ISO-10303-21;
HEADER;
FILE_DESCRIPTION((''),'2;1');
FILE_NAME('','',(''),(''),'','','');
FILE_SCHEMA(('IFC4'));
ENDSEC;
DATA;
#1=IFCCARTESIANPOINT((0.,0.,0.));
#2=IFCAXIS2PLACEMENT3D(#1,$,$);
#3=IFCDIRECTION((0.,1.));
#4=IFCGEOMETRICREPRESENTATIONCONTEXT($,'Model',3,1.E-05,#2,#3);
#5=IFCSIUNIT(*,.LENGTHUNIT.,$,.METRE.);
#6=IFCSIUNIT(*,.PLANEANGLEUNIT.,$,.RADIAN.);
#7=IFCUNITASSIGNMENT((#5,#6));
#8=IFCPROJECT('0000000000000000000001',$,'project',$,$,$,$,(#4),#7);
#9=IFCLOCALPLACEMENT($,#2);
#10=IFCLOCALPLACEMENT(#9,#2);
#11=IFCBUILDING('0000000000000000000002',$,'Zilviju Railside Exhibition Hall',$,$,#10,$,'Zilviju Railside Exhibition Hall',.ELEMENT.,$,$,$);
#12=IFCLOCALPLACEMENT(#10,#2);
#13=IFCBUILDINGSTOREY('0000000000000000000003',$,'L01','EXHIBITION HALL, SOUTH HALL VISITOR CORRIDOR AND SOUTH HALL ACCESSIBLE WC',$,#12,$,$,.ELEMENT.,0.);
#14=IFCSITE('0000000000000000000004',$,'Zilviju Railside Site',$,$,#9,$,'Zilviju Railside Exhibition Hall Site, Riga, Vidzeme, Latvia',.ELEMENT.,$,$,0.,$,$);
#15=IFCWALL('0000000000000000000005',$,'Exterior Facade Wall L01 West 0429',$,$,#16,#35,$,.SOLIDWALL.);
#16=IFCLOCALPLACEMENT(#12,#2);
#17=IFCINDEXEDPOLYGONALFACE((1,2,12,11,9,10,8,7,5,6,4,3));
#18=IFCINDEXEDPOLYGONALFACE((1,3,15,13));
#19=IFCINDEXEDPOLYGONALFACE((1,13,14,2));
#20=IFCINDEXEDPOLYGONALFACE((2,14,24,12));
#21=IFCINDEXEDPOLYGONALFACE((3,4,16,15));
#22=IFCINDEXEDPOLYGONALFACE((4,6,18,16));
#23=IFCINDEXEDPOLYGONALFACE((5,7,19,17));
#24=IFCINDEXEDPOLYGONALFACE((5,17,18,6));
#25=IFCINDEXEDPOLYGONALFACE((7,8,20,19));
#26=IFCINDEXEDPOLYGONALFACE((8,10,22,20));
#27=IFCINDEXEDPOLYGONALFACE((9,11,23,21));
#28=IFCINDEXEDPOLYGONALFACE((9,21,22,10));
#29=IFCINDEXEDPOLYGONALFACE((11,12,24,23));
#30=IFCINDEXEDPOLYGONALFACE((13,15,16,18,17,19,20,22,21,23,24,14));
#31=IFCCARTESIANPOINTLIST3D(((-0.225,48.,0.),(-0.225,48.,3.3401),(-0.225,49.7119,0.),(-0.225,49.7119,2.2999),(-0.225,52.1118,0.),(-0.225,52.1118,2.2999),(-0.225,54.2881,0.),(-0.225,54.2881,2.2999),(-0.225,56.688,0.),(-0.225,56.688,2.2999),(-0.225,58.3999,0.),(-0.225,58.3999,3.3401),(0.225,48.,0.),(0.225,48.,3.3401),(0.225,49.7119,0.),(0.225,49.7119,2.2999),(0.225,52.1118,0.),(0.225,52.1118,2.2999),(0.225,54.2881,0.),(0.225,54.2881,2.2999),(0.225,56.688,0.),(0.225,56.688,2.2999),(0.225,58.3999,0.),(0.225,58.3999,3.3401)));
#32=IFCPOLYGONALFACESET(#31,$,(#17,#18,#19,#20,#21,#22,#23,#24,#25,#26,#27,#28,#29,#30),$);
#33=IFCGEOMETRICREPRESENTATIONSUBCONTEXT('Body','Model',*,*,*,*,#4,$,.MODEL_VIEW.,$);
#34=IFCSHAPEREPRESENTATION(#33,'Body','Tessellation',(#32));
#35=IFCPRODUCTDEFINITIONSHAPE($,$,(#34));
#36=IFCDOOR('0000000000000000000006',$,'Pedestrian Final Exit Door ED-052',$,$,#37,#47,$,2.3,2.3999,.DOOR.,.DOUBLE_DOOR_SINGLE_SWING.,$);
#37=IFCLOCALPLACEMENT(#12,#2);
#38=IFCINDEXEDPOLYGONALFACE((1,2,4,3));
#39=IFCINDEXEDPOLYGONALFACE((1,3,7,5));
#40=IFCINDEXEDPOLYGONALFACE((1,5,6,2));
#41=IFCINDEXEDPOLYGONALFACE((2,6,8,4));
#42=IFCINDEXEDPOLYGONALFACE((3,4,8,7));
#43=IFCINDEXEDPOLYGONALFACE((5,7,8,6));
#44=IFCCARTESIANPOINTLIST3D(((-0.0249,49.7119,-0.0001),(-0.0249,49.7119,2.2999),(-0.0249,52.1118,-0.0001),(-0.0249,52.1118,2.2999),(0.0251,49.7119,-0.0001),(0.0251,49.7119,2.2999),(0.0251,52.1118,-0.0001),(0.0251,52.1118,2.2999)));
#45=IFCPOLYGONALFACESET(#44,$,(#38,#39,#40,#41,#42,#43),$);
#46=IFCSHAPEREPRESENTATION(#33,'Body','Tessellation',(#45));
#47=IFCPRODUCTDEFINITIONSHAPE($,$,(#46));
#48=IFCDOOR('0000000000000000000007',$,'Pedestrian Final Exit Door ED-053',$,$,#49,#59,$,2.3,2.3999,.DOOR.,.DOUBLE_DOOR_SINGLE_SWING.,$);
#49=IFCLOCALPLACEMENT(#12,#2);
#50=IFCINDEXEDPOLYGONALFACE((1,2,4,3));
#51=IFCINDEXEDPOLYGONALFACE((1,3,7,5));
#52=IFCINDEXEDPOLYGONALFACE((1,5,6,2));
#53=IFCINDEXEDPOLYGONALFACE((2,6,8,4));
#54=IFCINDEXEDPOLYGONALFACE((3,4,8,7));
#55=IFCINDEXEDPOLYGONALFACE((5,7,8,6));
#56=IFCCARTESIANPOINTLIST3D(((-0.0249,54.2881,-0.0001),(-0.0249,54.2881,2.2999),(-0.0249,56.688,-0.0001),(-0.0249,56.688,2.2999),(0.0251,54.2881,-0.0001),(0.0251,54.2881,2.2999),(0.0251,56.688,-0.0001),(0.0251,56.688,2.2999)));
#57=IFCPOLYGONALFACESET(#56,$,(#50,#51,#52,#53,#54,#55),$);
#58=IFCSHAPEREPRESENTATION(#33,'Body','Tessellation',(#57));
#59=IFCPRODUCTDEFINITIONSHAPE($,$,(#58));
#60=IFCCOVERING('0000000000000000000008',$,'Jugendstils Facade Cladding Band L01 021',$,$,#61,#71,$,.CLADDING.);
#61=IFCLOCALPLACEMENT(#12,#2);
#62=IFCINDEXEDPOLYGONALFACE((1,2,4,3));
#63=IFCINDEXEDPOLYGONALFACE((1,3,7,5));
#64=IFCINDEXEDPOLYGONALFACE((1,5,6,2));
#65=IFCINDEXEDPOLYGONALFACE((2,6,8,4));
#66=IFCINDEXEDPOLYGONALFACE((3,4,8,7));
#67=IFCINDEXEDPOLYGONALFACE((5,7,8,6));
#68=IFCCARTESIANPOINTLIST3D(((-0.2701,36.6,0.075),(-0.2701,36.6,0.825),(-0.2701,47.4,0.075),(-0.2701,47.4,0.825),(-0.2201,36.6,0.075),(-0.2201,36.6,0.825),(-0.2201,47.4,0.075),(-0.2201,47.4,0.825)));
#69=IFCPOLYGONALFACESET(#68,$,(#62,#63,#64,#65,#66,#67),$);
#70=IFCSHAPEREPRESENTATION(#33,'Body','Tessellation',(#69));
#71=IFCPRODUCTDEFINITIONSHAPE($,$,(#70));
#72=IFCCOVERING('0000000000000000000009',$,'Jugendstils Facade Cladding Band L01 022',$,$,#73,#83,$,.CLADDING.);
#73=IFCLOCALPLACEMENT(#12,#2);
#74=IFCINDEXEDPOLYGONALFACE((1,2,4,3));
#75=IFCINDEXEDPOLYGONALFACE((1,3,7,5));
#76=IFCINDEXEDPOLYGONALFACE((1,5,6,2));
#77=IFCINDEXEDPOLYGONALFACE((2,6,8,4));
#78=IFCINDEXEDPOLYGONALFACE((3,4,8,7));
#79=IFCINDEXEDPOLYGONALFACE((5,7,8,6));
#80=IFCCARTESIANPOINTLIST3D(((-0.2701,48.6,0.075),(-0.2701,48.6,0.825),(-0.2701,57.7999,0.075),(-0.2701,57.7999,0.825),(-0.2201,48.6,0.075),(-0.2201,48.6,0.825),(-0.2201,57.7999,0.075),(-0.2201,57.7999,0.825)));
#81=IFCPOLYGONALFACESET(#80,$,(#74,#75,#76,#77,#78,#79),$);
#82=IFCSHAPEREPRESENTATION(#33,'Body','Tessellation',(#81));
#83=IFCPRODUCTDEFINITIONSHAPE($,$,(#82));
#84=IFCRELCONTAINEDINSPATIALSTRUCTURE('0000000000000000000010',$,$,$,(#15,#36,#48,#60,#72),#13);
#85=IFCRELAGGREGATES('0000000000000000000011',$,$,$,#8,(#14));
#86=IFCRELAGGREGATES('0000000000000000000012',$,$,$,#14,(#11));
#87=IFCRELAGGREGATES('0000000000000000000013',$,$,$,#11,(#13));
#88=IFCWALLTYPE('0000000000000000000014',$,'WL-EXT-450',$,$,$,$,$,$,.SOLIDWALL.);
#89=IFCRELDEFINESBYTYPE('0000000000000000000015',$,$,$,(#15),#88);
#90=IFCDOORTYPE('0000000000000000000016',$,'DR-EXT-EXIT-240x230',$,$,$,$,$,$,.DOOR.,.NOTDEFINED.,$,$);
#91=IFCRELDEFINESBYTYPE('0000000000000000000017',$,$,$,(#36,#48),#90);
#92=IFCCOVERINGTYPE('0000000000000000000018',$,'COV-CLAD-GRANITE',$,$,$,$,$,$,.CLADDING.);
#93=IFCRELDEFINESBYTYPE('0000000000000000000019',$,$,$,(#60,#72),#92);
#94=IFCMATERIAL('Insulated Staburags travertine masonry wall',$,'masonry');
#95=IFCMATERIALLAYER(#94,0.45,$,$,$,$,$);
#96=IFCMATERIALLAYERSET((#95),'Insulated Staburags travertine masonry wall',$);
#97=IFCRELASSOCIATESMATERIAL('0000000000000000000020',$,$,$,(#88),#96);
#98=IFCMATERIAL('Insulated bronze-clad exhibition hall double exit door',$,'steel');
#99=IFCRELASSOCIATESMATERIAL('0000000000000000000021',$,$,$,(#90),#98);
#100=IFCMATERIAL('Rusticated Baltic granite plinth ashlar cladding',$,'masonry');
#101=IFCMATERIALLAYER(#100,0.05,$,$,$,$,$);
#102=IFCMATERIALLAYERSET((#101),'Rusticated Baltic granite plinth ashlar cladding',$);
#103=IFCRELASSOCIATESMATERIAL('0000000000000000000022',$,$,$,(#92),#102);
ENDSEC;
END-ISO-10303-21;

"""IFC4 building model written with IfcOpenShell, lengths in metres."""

from ifc_helpers import new_model, si_unit, direction, frame, frame_2d, origin, origin_2d, place, context, subcontext, project, spatial, rectangle, extrude, material, layer, layer_set, type_object, element, fill, save


model = new_model("IFC4")

# Units and contexts
model_context = context("Model", 3, precision=1e-05, world=origin(), true_north=direction((0.0, 1.0)))
body_context = subcontext(model_context, "Body", "Model", "MODEL_VIEW")
ifc_project = project(units=[si_unit("LENGTHUNIT", "METRE"), si_unit("PLANEANGLEUNIT", "RADIAN")], contexts=[model_context])

# Site, building, storey
site_placement = place(None, origin())
site = spatial("IfcSite", under=ifc_project, at=site_placement, Name="Zilviju Railside Site", LongName="Zilviju Railside Exhibition Hall Site, Riga, Vidzeme, Latvia", CompositionType="ELEMENT", RefElevation=0.0)
building_placement = place(site_placement, origin())
building = spatial("IfcBuilding", under=site, at=building_placement, Name="Zilviju Railside Exhibition Hall", LongName="Zilviju Railside Exhibition Hall", CompositionType="ELEMENT")
storey_placement = place(building_placement, origin())
storey = spatial("IfcBuildingStorey", under=building, at=storey_placement, Name="L01", Description="EXHIBITION HALL, SOUTH HALL VISITOR CORRIDOR AND SOUTH HALL ACCESSIBLE WC", CompositionType="ELEMENT", Elevation=0.0)

# Wall, openings, doors
ifc_material_1 = material(Name="Insulated Staburags travertine masonry wall", Category="masonry")
ifc_layer_1 = layer(ifc_material_1, 0.45)
ifc_layer_set_1 = layer_set([ifc_layer_1], Name="Insulated Staburags travertine masonry wall")
wall_type_1 = type_object("IfcWallType", Name="WL-EXT-450", PredefinedType="SOLIDWALL", material=ifc_layer_set_1)
wall_1_placement = place(storey_placement, frame((0.0, 48.0, 0.0), z_axis=(0.0, 0.0, 1.0), x_axis=(0.0, 1.0, 0.0)))
wall_1 = element("IfcWall", 1, at=wall_1_placement, inside=storey, type_object=wall_type_1, Name="Exterior Facade Wall L01 West 0429", PredefinedType="SOLIDWALL", context=body_context, shape_type="SweptSolid", body=[
    extrude(rectangle(XDim=10.3999, YDim=0.45, at=frame_2d((5.2, 0.0))), origin(), (0.0, 0.0, 1.0), 3.3401),
])
opening_1_placement = place(wall_1_placement, frame((1.7119, 0.0, 0.0)))
opening_1 = element("IfcOpeningElement", 2, at=opening_1_placement, cuts=wall_1, PredefinedType="OPENING", context=body_context, shape_type="SweptSolid", body=[
    extrude(rectangle(XDim=2.3999, YDim=2.3, at=frame_2d((1.2, 1.1499))), frame((0.0, 0.2349, 0.0), z_axis=(0.0, -1.0, 0.0), x_axis=(1.0, 0.0, 0.0)), (0.0, 0.0, 1.0), 0.47),
])
opening_2_placement = place(wall_1_placement, frame((6.2881, 0.0, 0.0)))
opening_2 = element("IfcOpeningElement", 3, at=opening_2_placement, cuts=wall_1, PredefinedType="OPENING", context=body_context, shape_type="SweptSolid", body=[
    extrude(rectangle(XDim=2.3999, YDim=2.3, at=frame_2d((1.2, 1.1499))), frame((0.0, 0.2349, 0.0), z_axis=(0.0, -1.0, 0.0), x_axis=(1.0, 0.0, 0.0)), (0.0, 0.0, 1.0), 0.47),
])
ifc_material_2 = material(Name="Insulated bronze-clad exhibition hall double exit door", Category="steel")
door_type_1 = type_object("IfcDoorType", Name="DR-EXT-EXIT-240x230", OperationType="NOTDEFINED", PredefinedType="DOOR", material=ifc_material_2)
door_1_placement = place(opening_1_placement, origin())
door_1 = element("IfcDoor", 4, at=door_1_placement, inside=storey, type_object=door_type_1, Name="Pedestrian Final Exit Door ED-052", OperationType="DOUBLE_DOOR_SINGLE_SWING", OverallHeight=2.3, OverallWidth=2.3999, PredefinedType="DOOR", context=body_context, shape_type="SweptSolid", body=[
    extrude(rectangle(XDim=2.3999, YDim=2.3, at=frame_2d((1.2, 1.1499))), frame((0.0, 0.0249, 0.0), z_axis=(0.0, -1.0, 0.0), x_axis=(1.0, 0.0, 0.0)), (0.0, 0.0, 1.0), 0.05),
])
fill(opening_1, door_1)
door_2_placement = place(opening_2_placement, origin())
door_2 = element("IfcDoor", 5, at=door_2_placement, inside=storey, type_object=door_type_1, Name="Pedestrian Final Exit Door ED-053", OperationType="DOUBLE_DOOR_SINGLE_SWING", OverallHeight=2.3, OverallWidth=2.3999, PredefinedType="DOOR", context=body_context, shape_type="SweptSolid", body=[
    extrude(rectangle(XDim=2.3999, YDim=2.3, at=frame_2d((1.2, 1.1499))), frame((0.0, 0.0249, 0.0), z_axis=(0.0, -1.0, 0.0), x_axis=(1.0, 0.0, 0.0)), (0.0, 0.0, 1.0), 0.05),
])
fill(opening_2, door_2)

# Coverings
ifc_material_3 = material(Name="Rusticated Baltic granite plinth ashlar cladding", Category="masonry")
ifc_layer_2 = layer(ifc_material_3, 0.05)
ifc_layer_set_2 = layer_set([ifc_layer_2], Name="Rusticated Baltic granite plinth ashlar cladding")
covering_type = type_object("IfcCoveringType", Name="COV-CLAD-GRANITE", PredefinedType="CLADDING", material=ifc_layer_set_2)
covering_1_placement = place(storey_placement, frame((-0.2451, 42.0, 0.075), z_axis=(0.0, 0.0, 1.0), x_axis=(0.0, 1.0, 0.0)))
element("IfcCovering", 6, at=covering_1_placement, inside=storey, type_object=covering_type, Name="Jugendstils Facade Cladding Band L01 021", PredefinedType="CLADDING", context=body_context, shape_type="SweptSolid", body=[
    extrude(rectangle(XDim=10.8, YDim=0.05, at=origin_2d()), origin(), (0.0, 0.0, 1.0), 0.75),
])
covering_2_placement = place(storey_placement, frame((-0.2451, 53.2, 0.075), z_axis=(0.0, 0.0, 1.0), x_axis=(0.0, 1.0, 0.0)))
element("IfcCovering", 7, at=covering_2_placement, inside=storey, type_object=covering_type, Name="Jugendstils Facade Cladding Band L01 022", PredefinedType="CLADDING", context=body_context, shape_type="SweptSolid", body=[
    extrude(rectangle(XDim=9.2, YDim=0.05, at=origin_2d()), origin(), (0.0, 0.0, 1.0), 0.75),
])

save(model, "model.ifc")
